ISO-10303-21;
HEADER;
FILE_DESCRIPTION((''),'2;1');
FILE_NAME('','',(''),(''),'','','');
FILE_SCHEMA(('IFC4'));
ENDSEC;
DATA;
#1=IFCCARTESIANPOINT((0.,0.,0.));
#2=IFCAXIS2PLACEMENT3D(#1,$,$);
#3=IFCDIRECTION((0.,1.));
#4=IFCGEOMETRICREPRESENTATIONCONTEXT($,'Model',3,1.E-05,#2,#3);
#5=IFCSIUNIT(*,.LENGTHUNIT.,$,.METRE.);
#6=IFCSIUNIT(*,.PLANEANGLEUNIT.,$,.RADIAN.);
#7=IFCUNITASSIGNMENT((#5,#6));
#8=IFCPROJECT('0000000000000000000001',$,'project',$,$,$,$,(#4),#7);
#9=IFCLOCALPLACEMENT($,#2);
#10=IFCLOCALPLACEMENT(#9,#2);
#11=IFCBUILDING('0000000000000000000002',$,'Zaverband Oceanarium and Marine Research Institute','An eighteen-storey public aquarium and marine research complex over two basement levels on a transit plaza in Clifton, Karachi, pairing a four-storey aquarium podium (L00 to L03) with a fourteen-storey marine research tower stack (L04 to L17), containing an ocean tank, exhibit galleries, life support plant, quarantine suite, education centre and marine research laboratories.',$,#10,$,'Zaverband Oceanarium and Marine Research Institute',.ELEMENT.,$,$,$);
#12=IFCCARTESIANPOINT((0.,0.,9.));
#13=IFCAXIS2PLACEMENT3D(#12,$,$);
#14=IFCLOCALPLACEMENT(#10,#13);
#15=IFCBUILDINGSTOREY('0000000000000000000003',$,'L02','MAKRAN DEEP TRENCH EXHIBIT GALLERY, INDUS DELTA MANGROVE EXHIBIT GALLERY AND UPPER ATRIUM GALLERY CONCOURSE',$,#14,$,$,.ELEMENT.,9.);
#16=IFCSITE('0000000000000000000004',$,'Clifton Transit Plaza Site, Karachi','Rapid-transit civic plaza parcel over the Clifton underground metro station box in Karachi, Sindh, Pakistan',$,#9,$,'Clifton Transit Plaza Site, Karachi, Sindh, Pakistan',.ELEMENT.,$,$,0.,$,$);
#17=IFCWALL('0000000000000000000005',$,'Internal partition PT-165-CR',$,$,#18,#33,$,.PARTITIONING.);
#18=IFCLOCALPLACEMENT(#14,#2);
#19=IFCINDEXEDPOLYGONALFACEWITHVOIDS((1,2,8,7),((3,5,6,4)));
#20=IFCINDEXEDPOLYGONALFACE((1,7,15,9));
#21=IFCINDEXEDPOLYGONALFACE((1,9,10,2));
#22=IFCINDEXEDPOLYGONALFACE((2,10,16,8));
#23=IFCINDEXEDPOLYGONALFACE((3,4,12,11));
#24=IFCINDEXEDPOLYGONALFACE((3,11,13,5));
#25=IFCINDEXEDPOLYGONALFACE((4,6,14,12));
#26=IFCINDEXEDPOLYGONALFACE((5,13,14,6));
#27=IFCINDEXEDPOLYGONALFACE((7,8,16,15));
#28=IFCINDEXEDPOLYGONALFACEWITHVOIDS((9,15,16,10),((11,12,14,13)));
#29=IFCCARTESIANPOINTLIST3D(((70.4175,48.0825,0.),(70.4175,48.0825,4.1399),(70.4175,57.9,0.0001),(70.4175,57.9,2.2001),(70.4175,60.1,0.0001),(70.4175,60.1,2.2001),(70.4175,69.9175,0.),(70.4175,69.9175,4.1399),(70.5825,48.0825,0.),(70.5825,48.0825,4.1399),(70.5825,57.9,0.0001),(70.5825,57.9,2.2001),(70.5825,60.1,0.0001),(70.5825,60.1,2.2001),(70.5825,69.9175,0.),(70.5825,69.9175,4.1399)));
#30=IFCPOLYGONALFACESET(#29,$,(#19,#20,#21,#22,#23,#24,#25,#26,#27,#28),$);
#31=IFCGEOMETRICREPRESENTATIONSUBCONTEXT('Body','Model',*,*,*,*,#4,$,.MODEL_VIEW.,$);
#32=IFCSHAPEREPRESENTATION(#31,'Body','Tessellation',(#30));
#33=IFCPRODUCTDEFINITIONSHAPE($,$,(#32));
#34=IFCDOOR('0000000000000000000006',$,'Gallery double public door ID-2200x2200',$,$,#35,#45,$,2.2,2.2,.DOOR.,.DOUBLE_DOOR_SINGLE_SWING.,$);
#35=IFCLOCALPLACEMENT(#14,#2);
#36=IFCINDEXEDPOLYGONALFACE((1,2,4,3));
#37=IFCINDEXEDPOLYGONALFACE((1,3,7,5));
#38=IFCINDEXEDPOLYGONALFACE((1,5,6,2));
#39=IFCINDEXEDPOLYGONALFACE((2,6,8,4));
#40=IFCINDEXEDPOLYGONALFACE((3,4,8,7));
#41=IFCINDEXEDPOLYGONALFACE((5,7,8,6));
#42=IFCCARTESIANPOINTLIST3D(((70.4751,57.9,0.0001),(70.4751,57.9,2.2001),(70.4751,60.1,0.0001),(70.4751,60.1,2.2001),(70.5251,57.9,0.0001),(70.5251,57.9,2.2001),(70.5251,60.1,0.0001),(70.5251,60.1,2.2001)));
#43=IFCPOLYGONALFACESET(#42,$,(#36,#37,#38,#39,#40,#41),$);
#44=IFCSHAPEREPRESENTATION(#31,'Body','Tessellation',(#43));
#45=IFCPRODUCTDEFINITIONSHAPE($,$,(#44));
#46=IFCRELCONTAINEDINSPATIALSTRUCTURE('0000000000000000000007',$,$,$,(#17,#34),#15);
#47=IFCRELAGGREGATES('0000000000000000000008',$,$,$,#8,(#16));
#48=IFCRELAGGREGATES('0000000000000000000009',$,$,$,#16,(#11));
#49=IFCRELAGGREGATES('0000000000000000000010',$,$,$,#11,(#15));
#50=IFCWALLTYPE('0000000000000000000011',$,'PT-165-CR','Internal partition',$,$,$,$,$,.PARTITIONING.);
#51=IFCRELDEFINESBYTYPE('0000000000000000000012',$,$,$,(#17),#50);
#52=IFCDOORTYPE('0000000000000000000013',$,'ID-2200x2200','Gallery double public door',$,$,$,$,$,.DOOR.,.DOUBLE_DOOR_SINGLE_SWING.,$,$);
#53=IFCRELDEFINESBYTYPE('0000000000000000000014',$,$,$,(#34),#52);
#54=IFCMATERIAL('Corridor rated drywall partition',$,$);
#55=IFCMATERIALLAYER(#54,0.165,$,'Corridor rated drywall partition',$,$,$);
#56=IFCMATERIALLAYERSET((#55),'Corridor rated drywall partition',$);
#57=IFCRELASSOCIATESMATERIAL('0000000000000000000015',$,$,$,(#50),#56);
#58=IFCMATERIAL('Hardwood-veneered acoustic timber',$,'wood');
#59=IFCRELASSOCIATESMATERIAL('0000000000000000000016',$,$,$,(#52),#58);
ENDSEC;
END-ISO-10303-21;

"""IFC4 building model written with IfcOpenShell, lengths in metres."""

from ifc_helpers import new_model, si_unit, direction, frame, frame_2d, origin, place, context, subcontext, project, spatial, rectangle, extrude, material, layer, layer_set, type_object, element, fill, save


model = new_model("IFC4")

# Units and contexts
model_context = context("Model", 3, precision=1e-05, world=origin(), true_north=direction((0.0, 1.0)))
body_context = subcontext(model_context, "Body", "Model", "MODEL_VIEW")
ifc_project = project(units=[si_unit("LENGTHUNIT", "METRE"), si_unit("PLANEANGLEUNIT", "RADIAN")], contexts=[model_context])

# Site, building, storey
site_placement = place(None, origin())
site = spatial("IfcSite", under=ifc_project, at=site_placement, Name="Clifton Transit Plaza Site, Karachi", Description="Rapid-transit civic plaza parcel over the Clifton underground metro station box in Karachi, Sindh, Pakistan", LongName="Clifton Transit Plaza Site, Karachi, Sindh, Pakistan", CompositionType="ELEMENT", RefElevation=0.0)
building_placement = place(site_placement, origin())
building = spatial("IfcBuilding", under=site, at=building_placement, Name="Zaverband Oceanarium and Marine Research Institute", Description="An eighteen-storey public aquarium and marine research complex over two basement levels on a transit plaza in Clifton, Karachi, pairing a four-storey aquarium podium (L00 to L03) with a fourteen-storey marine research tower stack (L04 to L17), containing an ocean tank, exhibit galleries, life support plant, quarantine suite, education centre and marine research laboratories.", LongName="Zaverband Oceanarium and Marine Research Institute", CompositionType="ELEMENT")
storey_placement = place(building_placement, frame((0.0, 0.0, 9.0)))
storey = spatial("IfcBuildingStorey", under=building, at=storey_placement, Name="L02", Description="MAKRAN DEEP TRENCH EXHIBIT GALLERY, INDUS DELTA MANGROVE EXHIBIT GALLERY AND UPPER ATRIUM GALLERY CONCOURSE", CompositionType="ELEMENT", Elevation=9.0)

# Wall, opening, door
ifc_material_1 = material(Name="Corridor rated drywall partition")
ifc_layer_1 = layer(ifc_material_1, 0.165, Name="Corridor rated drywall partition")
ifc_layer_set_1 = layer_set([ifc_layer_1], Name="Corridor rated drywall partition")
wall_type = type_object("IfcWallType", Name="PT-165-CR", Description="Internal partition", PredefinedType="PARTITIONING", material=ifc_layer_set_1)
wall_placement = place(storey_placement, frame((70.5, 48.0825, 0.0), z_axis=(0.0, 0.0, 1.0), x_axis=(0.0, 1.0, 0.0)))
wall = element("IfcWall", 1, at=wall_placement, inside=storey, type_object=wall_type, Name="Internal partition PT-165-CR", PredefinedType="PARTITIONING", context=body_context, shape_type="SweptSolid", body=[
    extrude(rectangle(XDim=21.835, YDim=0.165, at=frame_2d((10.9175, 0.0))), origin(), (0.0, 0.0, 1.0), 4.1399),
])
opening_placement = place(wall_placement, frame((9.8174, 0.0, 0.0)))
opening = element("IfcOpeningElement", 2, at=opening_placement, cuts=wall, PredefinedType="OPENING", context=body_context, shape_type="SweptSolid", body=[
    extrude(rectangle(XDim=2.2, YDim=2.2, at=frame_2d((1.1001, 1.1001))), frame((0.0, 0.0945, 0.0), z_axis=(0.0, -1.0, 0.0), x_axis=(1.0, 0.0, 0.0)), (0.0, 0.0, 1.0), 0.189),
])
ifc_material_2 = material(Name="Hardwood-veneered acoustic timber", Category="wood")
door_type = type_object("IfcDoorType", Name="ID-2200x2200", Description="Gallery double public door", OperationType="DOUBLE_DOOR_SINGLE_SWING", PredefinedType="DOOR", material=ifc_material_2)
door_placement = place(opening_placement, origin())
door = element("IfcDoor", 3, at=door_placement, inside=storey, type_object=door_type, Name="Gallery double public door ID-2200x2200", OperationType="DOUBLE_DOOR_SINGLE_SWING", OverallHeight=2.2, OverallWidth=2.2, PredefinedType="DOOR", context=body_context, shape_type="SweptSolid", body=[
    extrude(rectangle(XDim=2.2, YDim=2.2, at=frame_2d((1.1001, 1.1001))), frame((0.0, 0.0249, 0.0), z_axis=(0.0, -1.0, 0.0), x_axis=(1.0, 0.0, 0.0)), (0.0, 0.0, 1.0), 0.05),
])
fill(opening, door)

save(model, "model.ifc")
